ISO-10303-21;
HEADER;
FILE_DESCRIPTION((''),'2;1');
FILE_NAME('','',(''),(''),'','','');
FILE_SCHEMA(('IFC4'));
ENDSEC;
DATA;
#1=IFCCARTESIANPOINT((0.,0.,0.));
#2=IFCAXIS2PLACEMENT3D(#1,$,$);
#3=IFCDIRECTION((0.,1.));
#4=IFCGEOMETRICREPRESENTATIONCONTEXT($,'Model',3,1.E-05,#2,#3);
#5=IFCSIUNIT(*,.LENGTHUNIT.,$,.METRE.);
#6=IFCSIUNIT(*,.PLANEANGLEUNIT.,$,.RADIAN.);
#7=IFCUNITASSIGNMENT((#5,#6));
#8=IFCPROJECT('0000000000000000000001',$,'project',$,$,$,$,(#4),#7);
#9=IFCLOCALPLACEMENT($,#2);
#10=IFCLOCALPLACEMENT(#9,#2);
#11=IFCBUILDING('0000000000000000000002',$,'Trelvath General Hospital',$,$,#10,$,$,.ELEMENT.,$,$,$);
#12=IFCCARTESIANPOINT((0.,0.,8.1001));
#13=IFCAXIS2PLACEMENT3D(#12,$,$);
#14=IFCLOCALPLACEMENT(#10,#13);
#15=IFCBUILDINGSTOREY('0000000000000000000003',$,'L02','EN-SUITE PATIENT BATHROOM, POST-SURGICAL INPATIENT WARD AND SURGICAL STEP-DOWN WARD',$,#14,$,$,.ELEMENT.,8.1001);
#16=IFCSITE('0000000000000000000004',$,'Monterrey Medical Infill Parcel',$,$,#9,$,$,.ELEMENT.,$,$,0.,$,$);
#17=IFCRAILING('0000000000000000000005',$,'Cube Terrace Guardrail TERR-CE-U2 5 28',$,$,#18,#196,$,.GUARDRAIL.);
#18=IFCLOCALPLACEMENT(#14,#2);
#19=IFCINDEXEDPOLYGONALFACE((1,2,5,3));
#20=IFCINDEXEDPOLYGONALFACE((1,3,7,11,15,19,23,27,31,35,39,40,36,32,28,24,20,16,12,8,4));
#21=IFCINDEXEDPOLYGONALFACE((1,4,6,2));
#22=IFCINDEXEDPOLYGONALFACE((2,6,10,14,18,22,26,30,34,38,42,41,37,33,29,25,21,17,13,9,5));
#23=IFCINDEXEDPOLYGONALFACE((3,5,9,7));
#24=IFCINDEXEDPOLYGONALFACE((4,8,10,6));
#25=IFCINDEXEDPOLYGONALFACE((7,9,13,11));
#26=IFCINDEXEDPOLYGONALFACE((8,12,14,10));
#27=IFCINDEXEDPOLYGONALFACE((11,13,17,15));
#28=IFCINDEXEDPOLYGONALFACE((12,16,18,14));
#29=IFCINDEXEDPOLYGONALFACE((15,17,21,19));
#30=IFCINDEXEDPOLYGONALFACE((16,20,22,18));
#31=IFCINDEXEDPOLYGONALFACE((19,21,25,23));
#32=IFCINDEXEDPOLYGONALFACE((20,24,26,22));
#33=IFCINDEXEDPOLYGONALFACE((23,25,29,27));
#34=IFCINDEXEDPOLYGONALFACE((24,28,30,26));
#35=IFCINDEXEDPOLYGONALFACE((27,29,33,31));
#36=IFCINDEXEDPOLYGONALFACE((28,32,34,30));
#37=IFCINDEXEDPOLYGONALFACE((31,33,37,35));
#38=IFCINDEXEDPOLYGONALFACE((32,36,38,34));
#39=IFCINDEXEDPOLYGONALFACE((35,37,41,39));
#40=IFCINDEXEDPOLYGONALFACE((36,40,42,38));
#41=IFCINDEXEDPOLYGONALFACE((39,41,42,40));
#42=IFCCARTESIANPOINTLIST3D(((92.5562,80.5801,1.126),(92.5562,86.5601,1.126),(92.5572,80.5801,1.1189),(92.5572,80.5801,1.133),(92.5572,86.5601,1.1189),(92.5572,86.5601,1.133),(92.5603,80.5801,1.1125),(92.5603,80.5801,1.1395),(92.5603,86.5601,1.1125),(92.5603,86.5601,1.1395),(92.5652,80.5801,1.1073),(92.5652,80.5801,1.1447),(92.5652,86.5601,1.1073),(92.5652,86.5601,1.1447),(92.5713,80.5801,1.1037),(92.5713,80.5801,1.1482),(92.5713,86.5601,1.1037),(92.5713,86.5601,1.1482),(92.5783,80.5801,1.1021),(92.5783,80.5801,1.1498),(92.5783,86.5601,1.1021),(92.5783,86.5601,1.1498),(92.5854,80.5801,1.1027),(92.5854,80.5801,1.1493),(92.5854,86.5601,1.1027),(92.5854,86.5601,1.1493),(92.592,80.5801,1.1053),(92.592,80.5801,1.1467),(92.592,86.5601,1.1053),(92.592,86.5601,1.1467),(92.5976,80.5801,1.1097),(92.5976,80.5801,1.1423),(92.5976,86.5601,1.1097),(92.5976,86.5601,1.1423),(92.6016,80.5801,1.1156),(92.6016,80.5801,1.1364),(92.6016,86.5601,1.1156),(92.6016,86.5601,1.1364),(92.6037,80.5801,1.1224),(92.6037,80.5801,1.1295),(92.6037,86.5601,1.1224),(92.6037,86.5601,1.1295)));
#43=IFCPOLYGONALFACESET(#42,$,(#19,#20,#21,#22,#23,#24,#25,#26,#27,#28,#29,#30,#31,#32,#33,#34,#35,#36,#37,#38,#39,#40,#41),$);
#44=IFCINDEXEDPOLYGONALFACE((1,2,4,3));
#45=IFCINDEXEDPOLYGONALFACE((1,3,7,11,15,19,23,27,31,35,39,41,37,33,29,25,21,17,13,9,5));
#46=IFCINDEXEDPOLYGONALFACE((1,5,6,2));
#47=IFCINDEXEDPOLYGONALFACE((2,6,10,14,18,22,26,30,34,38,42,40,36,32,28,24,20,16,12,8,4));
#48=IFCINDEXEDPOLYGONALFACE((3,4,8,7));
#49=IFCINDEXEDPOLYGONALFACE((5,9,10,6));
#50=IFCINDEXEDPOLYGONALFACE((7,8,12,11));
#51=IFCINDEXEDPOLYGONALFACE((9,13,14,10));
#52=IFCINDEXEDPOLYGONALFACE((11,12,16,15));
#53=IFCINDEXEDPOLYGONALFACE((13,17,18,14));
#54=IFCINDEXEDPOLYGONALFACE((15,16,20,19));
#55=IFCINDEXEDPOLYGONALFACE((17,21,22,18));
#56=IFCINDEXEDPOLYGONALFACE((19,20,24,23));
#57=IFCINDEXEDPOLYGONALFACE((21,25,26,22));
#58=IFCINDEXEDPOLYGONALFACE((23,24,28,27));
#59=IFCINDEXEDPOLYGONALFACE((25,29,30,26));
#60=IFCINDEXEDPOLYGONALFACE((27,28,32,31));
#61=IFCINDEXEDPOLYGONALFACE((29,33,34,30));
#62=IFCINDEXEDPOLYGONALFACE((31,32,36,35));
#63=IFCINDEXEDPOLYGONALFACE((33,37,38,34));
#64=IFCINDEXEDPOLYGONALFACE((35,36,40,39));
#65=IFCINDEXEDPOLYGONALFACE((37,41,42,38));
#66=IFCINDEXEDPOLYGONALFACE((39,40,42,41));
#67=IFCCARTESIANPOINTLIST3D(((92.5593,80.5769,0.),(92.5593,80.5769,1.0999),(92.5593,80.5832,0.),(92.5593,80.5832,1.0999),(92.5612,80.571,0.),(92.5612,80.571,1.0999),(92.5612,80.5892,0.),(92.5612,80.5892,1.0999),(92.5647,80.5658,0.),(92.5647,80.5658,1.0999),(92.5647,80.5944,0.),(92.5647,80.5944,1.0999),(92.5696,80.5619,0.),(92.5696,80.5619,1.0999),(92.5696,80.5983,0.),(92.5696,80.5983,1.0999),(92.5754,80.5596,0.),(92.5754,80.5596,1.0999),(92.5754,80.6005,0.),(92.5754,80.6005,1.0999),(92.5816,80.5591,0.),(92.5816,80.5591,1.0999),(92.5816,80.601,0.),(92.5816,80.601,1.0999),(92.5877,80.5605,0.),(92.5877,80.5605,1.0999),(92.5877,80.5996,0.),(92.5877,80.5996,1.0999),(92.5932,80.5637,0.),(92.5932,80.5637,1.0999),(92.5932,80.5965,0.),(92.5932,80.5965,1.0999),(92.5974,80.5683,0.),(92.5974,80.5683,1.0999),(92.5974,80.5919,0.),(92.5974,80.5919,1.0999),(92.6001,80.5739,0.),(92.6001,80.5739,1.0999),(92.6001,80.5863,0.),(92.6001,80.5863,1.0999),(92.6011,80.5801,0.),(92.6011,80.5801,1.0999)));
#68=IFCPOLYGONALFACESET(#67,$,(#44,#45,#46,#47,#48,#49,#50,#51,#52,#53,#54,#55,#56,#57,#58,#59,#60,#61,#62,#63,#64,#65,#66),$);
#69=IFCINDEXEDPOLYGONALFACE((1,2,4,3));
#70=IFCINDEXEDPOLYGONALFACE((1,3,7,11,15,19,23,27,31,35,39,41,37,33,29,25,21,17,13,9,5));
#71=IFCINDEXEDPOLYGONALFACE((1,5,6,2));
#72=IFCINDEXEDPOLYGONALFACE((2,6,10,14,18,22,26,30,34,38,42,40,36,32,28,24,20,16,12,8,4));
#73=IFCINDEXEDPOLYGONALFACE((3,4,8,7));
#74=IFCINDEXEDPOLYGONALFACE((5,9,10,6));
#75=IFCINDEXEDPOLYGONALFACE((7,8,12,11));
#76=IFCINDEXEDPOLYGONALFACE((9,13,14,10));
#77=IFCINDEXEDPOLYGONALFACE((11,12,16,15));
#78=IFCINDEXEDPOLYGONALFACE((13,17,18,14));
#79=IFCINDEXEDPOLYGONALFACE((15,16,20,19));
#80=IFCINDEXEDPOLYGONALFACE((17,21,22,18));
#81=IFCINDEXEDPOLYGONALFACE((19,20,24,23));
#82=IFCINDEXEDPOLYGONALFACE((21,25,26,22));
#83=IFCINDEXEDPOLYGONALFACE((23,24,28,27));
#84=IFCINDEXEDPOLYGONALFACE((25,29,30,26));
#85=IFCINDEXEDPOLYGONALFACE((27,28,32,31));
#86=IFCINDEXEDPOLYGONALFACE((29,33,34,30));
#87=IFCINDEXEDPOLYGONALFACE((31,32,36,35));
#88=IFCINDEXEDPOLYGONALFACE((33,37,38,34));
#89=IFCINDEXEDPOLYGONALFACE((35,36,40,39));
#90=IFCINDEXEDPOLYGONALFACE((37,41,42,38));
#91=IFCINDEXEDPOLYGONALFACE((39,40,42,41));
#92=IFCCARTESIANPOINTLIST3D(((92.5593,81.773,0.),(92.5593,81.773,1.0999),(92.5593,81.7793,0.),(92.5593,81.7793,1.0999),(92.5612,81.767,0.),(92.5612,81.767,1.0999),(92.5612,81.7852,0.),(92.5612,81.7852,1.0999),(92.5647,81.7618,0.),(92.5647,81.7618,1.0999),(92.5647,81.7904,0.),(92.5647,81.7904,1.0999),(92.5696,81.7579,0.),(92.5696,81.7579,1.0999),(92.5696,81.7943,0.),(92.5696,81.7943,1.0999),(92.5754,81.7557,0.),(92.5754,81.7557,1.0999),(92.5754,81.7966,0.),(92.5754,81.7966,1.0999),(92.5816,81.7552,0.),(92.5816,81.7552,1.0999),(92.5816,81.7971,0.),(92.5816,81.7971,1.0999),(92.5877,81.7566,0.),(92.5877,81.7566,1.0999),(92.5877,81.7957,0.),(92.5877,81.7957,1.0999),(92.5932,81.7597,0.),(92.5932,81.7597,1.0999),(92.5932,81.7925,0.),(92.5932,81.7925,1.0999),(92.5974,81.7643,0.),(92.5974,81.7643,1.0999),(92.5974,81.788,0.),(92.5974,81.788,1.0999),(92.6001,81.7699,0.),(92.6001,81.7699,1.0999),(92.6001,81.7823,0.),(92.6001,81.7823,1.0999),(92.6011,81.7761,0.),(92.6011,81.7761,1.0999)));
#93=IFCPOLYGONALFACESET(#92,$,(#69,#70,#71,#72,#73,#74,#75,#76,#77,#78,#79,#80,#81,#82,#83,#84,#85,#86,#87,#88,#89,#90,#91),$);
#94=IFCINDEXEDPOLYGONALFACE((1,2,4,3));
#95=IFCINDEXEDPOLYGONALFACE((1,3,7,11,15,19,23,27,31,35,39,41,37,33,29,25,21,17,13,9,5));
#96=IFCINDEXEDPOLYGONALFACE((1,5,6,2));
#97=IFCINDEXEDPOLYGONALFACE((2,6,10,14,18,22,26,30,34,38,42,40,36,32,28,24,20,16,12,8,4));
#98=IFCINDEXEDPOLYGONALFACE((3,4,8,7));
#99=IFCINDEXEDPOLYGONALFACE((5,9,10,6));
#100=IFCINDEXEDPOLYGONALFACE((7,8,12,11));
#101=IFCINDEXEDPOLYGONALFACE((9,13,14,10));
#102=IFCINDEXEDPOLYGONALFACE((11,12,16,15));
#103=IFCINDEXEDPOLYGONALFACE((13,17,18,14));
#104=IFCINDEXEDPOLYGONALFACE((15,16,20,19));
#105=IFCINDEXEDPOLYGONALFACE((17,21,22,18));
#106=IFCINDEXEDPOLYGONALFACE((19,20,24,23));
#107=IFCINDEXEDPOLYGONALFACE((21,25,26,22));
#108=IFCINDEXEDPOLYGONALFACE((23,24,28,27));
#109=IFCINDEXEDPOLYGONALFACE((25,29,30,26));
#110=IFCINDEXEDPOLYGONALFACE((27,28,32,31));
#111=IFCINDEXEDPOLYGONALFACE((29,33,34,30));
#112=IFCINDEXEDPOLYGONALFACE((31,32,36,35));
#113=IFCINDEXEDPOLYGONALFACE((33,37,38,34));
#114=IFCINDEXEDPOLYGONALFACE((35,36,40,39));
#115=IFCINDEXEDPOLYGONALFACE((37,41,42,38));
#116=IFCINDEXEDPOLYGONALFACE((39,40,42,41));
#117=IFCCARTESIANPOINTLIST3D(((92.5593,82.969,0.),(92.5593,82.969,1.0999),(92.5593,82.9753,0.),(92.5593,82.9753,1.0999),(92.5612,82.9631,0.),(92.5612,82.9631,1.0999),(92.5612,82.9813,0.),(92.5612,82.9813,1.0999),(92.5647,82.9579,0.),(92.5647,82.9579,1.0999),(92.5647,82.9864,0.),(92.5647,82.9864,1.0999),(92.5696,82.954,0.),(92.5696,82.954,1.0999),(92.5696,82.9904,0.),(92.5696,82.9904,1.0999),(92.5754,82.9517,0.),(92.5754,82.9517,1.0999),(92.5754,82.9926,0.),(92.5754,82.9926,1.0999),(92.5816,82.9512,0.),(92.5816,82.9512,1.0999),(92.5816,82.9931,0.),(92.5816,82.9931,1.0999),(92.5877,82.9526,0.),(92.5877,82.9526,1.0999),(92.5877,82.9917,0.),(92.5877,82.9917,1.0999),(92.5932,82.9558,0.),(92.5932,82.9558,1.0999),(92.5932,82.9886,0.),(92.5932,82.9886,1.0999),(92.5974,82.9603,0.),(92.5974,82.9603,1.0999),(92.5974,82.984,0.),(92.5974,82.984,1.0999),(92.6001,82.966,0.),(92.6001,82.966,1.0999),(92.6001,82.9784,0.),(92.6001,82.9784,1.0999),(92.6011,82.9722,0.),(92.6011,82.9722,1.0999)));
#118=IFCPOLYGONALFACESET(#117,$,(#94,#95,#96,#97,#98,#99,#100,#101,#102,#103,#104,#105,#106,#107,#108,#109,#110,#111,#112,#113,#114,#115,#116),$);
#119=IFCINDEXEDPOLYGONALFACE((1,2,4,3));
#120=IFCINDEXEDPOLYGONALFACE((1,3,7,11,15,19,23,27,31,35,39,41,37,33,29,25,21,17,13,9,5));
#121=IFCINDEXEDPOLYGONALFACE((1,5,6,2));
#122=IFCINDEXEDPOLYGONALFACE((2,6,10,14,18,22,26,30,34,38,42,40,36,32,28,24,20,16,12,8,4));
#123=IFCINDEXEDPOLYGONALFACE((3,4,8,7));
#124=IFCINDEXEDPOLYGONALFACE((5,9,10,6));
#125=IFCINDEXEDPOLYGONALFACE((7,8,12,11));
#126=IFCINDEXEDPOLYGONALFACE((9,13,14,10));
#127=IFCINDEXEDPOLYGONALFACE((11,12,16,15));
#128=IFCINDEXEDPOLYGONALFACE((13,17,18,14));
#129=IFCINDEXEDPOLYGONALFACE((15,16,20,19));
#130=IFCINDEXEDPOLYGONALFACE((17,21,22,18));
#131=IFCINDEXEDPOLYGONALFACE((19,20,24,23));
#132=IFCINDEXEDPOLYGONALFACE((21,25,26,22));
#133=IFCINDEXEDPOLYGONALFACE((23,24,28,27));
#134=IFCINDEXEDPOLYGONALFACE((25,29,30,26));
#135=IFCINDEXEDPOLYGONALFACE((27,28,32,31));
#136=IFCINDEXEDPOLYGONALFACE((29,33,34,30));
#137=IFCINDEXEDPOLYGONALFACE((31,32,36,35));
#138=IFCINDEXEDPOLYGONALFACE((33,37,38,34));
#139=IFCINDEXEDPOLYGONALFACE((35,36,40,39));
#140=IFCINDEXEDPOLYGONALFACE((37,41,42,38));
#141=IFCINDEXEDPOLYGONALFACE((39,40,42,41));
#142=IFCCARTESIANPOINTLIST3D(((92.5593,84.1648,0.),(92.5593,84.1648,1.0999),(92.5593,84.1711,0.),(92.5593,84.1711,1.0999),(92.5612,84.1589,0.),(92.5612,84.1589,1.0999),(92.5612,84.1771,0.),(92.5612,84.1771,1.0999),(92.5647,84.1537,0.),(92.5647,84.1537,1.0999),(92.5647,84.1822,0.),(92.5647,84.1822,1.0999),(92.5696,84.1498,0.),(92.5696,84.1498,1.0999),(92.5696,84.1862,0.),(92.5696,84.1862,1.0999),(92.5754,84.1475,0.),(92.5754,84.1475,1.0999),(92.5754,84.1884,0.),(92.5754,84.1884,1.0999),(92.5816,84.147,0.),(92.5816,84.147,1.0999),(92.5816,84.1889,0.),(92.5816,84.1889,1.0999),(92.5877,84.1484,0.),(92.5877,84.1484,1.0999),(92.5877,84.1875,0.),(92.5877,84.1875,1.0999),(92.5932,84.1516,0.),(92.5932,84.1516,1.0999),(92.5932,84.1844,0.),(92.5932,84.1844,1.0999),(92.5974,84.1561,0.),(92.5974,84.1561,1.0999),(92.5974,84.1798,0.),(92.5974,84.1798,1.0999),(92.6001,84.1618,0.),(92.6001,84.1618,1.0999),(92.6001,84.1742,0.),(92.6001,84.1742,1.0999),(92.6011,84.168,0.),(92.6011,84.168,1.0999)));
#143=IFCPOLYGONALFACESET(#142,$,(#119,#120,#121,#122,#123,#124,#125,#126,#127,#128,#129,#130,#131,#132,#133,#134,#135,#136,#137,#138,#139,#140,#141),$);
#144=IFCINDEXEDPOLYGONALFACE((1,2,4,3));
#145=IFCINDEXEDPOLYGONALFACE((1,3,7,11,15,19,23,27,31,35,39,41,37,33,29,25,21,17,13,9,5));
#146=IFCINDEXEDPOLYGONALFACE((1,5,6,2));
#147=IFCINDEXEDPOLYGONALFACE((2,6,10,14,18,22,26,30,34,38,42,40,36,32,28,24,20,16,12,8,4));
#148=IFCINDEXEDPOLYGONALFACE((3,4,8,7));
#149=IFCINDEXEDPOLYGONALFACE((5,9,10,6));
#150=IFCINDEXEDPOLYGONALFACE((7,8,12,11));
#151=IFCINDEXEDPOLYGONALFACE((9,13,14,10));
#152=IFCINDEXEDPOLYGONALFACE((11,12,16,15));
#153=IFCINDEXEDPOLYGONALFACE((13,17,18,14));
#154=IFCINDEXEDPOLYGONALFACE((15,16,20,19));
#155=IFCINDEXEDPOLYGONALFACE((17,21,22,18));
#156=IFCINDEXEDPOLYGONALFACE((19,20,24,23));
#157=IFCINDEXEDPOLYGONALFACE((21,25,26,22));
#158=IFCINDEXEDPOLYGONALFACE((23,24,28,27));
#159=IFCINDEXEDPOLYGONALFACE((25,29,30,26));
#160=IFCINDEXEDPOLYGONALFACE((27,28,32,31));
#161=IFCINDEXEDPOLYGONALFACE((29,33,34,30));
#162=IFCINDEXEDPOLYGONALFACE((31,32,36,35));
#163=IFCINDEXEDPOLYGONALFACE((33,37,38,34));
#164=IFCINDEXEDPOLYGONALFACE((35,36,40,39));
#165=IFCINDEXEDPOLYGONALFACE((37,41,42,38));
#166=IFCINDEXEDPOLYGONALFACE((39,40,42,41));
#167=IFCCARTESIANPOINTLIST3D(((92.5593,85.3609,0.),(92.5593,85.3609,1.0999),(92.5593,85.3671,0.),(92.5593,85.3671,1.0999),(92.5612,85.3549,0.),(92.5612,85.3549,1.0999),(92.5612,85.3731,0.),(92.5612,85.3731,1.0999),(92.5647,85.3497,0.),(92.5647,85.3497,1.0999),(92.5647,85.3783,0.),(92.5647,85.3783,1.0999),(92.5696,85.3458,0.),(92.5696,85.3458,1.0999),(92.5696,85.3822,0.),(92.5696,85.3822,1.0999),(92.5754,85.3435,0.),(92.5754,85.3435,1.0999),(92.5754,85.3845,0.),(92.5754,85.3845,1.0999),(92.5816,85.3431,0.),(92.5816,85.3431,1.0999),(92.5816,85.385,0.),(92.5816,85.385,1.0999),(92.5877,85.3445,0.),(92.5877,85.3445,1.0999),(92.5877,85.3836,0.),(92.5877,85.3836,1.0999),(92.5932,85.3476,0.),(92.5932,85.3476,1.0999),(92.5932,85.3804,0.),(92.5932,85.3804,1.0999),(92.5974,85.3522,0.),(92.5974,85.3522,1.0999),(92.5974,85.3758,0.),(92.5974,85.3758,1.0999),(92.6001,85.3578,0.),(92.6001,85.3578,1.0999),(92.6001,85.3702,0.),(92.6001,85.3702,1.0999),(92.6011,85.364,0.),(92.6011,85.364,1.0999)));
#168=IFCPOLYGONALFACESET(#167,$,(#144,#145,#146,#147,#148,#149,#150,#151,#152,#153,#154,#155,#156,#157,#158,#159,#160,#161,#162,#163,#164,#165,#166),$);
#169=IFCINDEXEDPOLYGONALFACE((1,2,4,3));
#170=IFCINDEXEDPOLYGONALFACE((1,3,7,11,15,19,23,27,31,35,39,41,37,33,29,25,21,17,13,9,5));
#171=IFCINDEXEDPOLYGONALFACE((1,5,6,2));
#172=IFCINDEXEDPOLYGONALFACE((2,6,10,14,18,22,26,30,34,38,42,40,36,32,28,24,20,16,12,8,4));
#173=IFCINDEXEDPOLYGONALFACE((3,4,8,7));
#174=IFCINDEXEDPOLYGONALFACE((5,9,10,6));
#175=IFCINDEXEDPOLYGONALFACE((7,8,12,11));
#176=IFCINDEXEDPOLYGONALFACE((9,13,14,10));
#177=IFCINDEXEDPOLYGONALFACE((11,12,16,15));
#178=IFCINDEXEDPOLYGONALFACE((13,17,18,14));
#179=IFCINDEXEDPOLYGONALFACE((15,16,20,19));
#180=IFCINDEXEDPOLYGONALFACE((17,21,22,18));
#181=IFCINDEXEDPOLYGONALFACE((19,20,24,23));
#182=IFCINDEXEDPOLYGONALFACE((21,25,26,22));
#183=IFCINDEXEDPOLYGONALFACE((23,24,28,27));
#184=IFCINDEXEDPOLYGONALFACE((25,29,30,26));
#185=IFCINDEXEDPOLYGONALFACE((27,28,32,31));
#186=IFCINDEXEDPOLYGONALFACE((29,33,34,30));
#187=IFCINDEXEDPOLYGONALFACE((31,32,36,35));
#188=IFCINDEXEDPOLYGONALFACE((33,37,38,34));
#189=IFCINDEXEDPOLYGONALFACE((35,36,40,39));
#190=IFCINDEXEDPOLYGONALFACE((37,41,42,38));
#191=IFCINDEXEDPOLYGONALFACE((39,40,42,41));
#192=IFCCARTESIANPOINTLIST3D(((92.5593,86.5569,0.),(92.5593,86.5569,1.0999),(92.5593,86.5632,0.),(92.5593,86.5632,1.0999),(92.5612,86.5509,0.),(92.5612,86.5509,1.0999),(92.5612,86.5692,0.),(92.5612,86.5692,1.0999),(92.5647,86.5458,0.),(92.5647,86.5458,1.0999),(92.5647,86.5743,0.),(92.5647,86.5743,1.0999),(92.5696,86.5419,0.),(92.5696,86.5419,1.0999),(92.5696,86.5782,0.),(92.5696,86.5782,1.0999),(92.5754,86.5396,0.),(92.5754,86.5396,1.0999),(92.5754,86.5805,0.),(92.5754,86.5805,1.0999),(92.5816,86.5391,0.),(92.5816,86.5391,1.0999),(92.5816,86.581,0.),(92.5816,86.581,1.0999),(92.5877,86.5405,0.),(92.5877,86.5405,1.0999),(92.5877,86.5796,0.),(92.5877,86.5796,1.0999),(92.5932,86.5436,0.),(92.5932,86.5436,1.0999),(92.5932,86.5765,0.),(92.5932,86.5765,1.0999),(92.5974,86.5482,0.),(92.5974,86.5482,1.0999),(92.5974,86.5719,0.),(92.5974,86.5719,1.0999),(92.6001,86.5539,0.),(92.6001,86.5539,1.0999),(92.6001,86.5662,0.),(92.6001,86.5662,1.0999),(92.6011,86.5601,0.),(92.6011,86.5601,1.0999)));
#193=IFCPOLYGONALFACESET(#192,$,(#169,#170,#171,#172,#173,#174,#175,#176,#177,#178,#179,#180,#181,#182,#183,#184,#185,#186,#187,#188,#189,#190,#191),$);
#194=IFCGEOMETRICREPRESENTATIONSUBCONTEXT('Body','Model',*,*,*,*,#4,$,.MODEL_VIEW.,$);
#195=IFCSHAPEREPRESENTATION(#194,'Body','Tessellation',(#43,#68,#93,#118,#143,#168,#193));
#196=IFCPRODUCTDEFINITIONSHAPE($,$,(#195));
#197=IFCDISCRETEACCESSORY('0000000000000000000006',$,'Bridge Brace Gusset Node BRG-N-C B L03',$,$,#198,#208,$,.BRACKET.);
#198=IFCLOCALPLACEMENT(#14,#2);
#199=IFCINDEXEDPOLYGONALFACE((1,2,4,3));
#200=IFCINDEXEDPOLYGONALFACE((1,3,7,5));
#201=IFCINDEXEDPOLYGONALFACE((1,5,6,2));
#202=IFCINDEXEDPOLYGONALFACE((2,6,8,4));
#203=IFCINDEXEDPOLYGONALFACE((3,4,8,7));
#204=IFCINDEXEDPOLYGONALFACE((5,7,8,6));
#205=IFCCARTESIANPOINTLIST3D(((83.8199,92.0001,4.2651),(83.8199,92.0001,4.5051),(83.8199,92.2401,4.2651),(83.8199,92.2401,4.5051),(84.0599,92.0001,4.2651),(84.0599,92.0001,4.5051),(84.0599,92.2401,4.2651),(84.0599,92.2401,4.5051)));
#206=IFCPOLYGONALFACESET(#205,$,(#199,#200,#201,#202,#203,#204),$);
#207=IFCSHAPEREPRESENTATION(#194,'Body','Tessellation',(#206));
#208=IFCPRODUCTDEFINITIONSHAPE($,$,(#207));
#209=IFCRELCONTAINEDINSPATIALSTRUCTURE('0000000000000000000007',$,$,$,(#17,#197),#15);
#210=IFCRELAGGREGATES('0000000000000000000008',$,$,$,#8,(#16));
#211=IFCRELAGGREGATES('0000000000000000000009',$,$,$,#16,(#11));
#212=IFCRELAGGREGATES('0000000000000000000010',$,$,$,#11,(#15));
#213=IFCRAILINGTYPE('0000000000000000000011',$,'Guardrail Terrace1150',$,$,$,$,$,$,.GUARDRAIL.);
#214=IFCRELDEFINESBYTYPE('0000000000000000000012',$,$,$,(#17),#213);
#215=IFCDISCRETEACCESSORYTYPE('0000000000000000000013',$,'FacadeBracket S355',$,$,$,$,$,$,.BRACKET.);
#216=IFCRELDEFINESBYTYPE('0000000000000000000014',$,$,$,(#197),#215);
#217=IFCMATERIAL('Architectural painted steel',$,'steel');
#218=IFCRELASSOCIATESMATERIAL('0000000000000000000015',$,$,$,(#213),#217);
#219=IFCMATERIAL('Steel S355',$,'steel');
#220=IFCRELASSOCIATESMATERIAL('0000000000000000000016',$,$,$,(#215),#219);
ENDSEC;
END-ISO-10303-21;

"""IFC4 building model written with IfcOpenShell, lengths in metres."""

from ifc_helpers import new_model, si_unit, direction, frame, origin, origin_2d, place, context, subcontext, project, spatial, rectangle, circle, extrude, material, type_object, element, save


model = new_model("IFC4")

# Units and contexts
model_context = context("Model", 3, precision=1e-05, world=origin(), true_north=direction((0.0, 1.0)))
body_context = subcontext(model_context, "Body", "Model", "MODEL_VIEW")
ifc_project = project(units=[si_unit("LENGTHUNIT", "METRE"), si_unit("PLANEANGLEUNIT", "RADIAN")], contexts=[model_context])

# Site, building, storey
site_placement = place(None, origin())
site = spatial("IfcSite", under=ifc_project, at=site_placement, Name="Monterrey Medical Infill Parcel", CompositionType="ELEMENT", RefElevation=0.0)
building_placement = place(site_placement, origin())
building = spatial("IfcBuilding", under=site, at=building_placement, Name="Trelvath General Hospital", CompositionType="ELEMENT")
storey_placement = place(building_placement, frame((0.0, 0.0, 8.1001)))
storey = spatial("IfcBuildingStorey", under=building, at=storey_placement, Name="L02", Description="EN-SUITE PATIENT BATHROOM, POST-SURGICAL INPATIENT WARD AND SURGICAL STEP-DOWN WARD", CompositionType="ELEMENT", Elevation=8.1001)

# Railing
ifc_material_1 = material(Name="Architectural painted steel", Category="steel")
railing_type = type_object("IfcRailingType", Name="Guardrail Terrace1150", PredefinedType="GUARDRAIL", material=ifc_material_1)
railing_1_placement = place(storey_placement, frame((92.5801, 80.5801, 0.0)))
element("IfcRailing", 1, at=railing_1_placement, inside=storey, type_object=railing_type, Name="Cube Terrace Guardrail TERR-CE-U2 5 28", PredefinedType="GUARDRAIL", context=body_context, shape_type="SweptSolid", body=[
    extrude(circle(Radius=0.0239, at=origin_2d()), frame((0.0, 0.0, 1.126), z_axis=(0.0, 1.0, 0.0), x_axis=(-1.0, 0.0, 0.0)), (0.0, 0.0, 1.0), 5.98),
    extrude(circle(Radius=0.021, at=origin_2d()), origin(), (0.0, 0.0, 1.0), 1.0999),
    extrude(circle(Radius=0.021, at=origin_2d()), frame((0.0, 1.196, 0.0)), (0.0, 0.0, 1.0), 1.0999),
    extrude(circle(Radius=0.021, at=origin_2d()), frame((0.0, 2.3921, 0.0)), (0.0, 0.0, 1.0), 1.0999),
    extrude(circle(Radius=0.021, at=origin_2d()), frame((0.0, 3.5879, 0.0)), (0.0, 0.0, 1.0), 1.0999),
    extrude(circle(Radius=0.021, at=origin_2d()), frame((0.0, 4.7839, 0.0)), (0.0, 0.0, 1.0), 1.0999),
    extrude(circle(Radius=0.021, at=origin_2d()), frame((0.0, 5.98, 0.0)), (0.0, 0.0, 1.0), 1.0999),
])

# Discrete accessory
ifc_material_2 = material(Name="Steel S355", Category="steel")
discrete_accessory_type = type_object("IfcDiscreteAccessoryType", Name="FacadeBracket S355", PredefinedType="BRACKET", material=ifc_material_2)
discrete_accessory_placement = place(storey_placement, frame((83.9399, 92.1201, 4.2651), z_axis=(0.0, 0.0, 1.0), x_axis=(1.0, 0.0, 0.0)))
element("IfcDiscreteAccessory", 2, at=discrete_accessory_placement, inside=storey, type_object=discrete_accessory_type, Name="Bridge Brace Gusset Node BRG-N-C B L03", PredefinedType="BRACKET", context=body_context, shape_type="SweptSolid", body=[
    extrude(rectangle(XDim=0.24, YDim=0.24, at=origin_2d()), origin(), (0.0, 0.0, 1.0), 0.24),
])

save(model, "model.ifc")
